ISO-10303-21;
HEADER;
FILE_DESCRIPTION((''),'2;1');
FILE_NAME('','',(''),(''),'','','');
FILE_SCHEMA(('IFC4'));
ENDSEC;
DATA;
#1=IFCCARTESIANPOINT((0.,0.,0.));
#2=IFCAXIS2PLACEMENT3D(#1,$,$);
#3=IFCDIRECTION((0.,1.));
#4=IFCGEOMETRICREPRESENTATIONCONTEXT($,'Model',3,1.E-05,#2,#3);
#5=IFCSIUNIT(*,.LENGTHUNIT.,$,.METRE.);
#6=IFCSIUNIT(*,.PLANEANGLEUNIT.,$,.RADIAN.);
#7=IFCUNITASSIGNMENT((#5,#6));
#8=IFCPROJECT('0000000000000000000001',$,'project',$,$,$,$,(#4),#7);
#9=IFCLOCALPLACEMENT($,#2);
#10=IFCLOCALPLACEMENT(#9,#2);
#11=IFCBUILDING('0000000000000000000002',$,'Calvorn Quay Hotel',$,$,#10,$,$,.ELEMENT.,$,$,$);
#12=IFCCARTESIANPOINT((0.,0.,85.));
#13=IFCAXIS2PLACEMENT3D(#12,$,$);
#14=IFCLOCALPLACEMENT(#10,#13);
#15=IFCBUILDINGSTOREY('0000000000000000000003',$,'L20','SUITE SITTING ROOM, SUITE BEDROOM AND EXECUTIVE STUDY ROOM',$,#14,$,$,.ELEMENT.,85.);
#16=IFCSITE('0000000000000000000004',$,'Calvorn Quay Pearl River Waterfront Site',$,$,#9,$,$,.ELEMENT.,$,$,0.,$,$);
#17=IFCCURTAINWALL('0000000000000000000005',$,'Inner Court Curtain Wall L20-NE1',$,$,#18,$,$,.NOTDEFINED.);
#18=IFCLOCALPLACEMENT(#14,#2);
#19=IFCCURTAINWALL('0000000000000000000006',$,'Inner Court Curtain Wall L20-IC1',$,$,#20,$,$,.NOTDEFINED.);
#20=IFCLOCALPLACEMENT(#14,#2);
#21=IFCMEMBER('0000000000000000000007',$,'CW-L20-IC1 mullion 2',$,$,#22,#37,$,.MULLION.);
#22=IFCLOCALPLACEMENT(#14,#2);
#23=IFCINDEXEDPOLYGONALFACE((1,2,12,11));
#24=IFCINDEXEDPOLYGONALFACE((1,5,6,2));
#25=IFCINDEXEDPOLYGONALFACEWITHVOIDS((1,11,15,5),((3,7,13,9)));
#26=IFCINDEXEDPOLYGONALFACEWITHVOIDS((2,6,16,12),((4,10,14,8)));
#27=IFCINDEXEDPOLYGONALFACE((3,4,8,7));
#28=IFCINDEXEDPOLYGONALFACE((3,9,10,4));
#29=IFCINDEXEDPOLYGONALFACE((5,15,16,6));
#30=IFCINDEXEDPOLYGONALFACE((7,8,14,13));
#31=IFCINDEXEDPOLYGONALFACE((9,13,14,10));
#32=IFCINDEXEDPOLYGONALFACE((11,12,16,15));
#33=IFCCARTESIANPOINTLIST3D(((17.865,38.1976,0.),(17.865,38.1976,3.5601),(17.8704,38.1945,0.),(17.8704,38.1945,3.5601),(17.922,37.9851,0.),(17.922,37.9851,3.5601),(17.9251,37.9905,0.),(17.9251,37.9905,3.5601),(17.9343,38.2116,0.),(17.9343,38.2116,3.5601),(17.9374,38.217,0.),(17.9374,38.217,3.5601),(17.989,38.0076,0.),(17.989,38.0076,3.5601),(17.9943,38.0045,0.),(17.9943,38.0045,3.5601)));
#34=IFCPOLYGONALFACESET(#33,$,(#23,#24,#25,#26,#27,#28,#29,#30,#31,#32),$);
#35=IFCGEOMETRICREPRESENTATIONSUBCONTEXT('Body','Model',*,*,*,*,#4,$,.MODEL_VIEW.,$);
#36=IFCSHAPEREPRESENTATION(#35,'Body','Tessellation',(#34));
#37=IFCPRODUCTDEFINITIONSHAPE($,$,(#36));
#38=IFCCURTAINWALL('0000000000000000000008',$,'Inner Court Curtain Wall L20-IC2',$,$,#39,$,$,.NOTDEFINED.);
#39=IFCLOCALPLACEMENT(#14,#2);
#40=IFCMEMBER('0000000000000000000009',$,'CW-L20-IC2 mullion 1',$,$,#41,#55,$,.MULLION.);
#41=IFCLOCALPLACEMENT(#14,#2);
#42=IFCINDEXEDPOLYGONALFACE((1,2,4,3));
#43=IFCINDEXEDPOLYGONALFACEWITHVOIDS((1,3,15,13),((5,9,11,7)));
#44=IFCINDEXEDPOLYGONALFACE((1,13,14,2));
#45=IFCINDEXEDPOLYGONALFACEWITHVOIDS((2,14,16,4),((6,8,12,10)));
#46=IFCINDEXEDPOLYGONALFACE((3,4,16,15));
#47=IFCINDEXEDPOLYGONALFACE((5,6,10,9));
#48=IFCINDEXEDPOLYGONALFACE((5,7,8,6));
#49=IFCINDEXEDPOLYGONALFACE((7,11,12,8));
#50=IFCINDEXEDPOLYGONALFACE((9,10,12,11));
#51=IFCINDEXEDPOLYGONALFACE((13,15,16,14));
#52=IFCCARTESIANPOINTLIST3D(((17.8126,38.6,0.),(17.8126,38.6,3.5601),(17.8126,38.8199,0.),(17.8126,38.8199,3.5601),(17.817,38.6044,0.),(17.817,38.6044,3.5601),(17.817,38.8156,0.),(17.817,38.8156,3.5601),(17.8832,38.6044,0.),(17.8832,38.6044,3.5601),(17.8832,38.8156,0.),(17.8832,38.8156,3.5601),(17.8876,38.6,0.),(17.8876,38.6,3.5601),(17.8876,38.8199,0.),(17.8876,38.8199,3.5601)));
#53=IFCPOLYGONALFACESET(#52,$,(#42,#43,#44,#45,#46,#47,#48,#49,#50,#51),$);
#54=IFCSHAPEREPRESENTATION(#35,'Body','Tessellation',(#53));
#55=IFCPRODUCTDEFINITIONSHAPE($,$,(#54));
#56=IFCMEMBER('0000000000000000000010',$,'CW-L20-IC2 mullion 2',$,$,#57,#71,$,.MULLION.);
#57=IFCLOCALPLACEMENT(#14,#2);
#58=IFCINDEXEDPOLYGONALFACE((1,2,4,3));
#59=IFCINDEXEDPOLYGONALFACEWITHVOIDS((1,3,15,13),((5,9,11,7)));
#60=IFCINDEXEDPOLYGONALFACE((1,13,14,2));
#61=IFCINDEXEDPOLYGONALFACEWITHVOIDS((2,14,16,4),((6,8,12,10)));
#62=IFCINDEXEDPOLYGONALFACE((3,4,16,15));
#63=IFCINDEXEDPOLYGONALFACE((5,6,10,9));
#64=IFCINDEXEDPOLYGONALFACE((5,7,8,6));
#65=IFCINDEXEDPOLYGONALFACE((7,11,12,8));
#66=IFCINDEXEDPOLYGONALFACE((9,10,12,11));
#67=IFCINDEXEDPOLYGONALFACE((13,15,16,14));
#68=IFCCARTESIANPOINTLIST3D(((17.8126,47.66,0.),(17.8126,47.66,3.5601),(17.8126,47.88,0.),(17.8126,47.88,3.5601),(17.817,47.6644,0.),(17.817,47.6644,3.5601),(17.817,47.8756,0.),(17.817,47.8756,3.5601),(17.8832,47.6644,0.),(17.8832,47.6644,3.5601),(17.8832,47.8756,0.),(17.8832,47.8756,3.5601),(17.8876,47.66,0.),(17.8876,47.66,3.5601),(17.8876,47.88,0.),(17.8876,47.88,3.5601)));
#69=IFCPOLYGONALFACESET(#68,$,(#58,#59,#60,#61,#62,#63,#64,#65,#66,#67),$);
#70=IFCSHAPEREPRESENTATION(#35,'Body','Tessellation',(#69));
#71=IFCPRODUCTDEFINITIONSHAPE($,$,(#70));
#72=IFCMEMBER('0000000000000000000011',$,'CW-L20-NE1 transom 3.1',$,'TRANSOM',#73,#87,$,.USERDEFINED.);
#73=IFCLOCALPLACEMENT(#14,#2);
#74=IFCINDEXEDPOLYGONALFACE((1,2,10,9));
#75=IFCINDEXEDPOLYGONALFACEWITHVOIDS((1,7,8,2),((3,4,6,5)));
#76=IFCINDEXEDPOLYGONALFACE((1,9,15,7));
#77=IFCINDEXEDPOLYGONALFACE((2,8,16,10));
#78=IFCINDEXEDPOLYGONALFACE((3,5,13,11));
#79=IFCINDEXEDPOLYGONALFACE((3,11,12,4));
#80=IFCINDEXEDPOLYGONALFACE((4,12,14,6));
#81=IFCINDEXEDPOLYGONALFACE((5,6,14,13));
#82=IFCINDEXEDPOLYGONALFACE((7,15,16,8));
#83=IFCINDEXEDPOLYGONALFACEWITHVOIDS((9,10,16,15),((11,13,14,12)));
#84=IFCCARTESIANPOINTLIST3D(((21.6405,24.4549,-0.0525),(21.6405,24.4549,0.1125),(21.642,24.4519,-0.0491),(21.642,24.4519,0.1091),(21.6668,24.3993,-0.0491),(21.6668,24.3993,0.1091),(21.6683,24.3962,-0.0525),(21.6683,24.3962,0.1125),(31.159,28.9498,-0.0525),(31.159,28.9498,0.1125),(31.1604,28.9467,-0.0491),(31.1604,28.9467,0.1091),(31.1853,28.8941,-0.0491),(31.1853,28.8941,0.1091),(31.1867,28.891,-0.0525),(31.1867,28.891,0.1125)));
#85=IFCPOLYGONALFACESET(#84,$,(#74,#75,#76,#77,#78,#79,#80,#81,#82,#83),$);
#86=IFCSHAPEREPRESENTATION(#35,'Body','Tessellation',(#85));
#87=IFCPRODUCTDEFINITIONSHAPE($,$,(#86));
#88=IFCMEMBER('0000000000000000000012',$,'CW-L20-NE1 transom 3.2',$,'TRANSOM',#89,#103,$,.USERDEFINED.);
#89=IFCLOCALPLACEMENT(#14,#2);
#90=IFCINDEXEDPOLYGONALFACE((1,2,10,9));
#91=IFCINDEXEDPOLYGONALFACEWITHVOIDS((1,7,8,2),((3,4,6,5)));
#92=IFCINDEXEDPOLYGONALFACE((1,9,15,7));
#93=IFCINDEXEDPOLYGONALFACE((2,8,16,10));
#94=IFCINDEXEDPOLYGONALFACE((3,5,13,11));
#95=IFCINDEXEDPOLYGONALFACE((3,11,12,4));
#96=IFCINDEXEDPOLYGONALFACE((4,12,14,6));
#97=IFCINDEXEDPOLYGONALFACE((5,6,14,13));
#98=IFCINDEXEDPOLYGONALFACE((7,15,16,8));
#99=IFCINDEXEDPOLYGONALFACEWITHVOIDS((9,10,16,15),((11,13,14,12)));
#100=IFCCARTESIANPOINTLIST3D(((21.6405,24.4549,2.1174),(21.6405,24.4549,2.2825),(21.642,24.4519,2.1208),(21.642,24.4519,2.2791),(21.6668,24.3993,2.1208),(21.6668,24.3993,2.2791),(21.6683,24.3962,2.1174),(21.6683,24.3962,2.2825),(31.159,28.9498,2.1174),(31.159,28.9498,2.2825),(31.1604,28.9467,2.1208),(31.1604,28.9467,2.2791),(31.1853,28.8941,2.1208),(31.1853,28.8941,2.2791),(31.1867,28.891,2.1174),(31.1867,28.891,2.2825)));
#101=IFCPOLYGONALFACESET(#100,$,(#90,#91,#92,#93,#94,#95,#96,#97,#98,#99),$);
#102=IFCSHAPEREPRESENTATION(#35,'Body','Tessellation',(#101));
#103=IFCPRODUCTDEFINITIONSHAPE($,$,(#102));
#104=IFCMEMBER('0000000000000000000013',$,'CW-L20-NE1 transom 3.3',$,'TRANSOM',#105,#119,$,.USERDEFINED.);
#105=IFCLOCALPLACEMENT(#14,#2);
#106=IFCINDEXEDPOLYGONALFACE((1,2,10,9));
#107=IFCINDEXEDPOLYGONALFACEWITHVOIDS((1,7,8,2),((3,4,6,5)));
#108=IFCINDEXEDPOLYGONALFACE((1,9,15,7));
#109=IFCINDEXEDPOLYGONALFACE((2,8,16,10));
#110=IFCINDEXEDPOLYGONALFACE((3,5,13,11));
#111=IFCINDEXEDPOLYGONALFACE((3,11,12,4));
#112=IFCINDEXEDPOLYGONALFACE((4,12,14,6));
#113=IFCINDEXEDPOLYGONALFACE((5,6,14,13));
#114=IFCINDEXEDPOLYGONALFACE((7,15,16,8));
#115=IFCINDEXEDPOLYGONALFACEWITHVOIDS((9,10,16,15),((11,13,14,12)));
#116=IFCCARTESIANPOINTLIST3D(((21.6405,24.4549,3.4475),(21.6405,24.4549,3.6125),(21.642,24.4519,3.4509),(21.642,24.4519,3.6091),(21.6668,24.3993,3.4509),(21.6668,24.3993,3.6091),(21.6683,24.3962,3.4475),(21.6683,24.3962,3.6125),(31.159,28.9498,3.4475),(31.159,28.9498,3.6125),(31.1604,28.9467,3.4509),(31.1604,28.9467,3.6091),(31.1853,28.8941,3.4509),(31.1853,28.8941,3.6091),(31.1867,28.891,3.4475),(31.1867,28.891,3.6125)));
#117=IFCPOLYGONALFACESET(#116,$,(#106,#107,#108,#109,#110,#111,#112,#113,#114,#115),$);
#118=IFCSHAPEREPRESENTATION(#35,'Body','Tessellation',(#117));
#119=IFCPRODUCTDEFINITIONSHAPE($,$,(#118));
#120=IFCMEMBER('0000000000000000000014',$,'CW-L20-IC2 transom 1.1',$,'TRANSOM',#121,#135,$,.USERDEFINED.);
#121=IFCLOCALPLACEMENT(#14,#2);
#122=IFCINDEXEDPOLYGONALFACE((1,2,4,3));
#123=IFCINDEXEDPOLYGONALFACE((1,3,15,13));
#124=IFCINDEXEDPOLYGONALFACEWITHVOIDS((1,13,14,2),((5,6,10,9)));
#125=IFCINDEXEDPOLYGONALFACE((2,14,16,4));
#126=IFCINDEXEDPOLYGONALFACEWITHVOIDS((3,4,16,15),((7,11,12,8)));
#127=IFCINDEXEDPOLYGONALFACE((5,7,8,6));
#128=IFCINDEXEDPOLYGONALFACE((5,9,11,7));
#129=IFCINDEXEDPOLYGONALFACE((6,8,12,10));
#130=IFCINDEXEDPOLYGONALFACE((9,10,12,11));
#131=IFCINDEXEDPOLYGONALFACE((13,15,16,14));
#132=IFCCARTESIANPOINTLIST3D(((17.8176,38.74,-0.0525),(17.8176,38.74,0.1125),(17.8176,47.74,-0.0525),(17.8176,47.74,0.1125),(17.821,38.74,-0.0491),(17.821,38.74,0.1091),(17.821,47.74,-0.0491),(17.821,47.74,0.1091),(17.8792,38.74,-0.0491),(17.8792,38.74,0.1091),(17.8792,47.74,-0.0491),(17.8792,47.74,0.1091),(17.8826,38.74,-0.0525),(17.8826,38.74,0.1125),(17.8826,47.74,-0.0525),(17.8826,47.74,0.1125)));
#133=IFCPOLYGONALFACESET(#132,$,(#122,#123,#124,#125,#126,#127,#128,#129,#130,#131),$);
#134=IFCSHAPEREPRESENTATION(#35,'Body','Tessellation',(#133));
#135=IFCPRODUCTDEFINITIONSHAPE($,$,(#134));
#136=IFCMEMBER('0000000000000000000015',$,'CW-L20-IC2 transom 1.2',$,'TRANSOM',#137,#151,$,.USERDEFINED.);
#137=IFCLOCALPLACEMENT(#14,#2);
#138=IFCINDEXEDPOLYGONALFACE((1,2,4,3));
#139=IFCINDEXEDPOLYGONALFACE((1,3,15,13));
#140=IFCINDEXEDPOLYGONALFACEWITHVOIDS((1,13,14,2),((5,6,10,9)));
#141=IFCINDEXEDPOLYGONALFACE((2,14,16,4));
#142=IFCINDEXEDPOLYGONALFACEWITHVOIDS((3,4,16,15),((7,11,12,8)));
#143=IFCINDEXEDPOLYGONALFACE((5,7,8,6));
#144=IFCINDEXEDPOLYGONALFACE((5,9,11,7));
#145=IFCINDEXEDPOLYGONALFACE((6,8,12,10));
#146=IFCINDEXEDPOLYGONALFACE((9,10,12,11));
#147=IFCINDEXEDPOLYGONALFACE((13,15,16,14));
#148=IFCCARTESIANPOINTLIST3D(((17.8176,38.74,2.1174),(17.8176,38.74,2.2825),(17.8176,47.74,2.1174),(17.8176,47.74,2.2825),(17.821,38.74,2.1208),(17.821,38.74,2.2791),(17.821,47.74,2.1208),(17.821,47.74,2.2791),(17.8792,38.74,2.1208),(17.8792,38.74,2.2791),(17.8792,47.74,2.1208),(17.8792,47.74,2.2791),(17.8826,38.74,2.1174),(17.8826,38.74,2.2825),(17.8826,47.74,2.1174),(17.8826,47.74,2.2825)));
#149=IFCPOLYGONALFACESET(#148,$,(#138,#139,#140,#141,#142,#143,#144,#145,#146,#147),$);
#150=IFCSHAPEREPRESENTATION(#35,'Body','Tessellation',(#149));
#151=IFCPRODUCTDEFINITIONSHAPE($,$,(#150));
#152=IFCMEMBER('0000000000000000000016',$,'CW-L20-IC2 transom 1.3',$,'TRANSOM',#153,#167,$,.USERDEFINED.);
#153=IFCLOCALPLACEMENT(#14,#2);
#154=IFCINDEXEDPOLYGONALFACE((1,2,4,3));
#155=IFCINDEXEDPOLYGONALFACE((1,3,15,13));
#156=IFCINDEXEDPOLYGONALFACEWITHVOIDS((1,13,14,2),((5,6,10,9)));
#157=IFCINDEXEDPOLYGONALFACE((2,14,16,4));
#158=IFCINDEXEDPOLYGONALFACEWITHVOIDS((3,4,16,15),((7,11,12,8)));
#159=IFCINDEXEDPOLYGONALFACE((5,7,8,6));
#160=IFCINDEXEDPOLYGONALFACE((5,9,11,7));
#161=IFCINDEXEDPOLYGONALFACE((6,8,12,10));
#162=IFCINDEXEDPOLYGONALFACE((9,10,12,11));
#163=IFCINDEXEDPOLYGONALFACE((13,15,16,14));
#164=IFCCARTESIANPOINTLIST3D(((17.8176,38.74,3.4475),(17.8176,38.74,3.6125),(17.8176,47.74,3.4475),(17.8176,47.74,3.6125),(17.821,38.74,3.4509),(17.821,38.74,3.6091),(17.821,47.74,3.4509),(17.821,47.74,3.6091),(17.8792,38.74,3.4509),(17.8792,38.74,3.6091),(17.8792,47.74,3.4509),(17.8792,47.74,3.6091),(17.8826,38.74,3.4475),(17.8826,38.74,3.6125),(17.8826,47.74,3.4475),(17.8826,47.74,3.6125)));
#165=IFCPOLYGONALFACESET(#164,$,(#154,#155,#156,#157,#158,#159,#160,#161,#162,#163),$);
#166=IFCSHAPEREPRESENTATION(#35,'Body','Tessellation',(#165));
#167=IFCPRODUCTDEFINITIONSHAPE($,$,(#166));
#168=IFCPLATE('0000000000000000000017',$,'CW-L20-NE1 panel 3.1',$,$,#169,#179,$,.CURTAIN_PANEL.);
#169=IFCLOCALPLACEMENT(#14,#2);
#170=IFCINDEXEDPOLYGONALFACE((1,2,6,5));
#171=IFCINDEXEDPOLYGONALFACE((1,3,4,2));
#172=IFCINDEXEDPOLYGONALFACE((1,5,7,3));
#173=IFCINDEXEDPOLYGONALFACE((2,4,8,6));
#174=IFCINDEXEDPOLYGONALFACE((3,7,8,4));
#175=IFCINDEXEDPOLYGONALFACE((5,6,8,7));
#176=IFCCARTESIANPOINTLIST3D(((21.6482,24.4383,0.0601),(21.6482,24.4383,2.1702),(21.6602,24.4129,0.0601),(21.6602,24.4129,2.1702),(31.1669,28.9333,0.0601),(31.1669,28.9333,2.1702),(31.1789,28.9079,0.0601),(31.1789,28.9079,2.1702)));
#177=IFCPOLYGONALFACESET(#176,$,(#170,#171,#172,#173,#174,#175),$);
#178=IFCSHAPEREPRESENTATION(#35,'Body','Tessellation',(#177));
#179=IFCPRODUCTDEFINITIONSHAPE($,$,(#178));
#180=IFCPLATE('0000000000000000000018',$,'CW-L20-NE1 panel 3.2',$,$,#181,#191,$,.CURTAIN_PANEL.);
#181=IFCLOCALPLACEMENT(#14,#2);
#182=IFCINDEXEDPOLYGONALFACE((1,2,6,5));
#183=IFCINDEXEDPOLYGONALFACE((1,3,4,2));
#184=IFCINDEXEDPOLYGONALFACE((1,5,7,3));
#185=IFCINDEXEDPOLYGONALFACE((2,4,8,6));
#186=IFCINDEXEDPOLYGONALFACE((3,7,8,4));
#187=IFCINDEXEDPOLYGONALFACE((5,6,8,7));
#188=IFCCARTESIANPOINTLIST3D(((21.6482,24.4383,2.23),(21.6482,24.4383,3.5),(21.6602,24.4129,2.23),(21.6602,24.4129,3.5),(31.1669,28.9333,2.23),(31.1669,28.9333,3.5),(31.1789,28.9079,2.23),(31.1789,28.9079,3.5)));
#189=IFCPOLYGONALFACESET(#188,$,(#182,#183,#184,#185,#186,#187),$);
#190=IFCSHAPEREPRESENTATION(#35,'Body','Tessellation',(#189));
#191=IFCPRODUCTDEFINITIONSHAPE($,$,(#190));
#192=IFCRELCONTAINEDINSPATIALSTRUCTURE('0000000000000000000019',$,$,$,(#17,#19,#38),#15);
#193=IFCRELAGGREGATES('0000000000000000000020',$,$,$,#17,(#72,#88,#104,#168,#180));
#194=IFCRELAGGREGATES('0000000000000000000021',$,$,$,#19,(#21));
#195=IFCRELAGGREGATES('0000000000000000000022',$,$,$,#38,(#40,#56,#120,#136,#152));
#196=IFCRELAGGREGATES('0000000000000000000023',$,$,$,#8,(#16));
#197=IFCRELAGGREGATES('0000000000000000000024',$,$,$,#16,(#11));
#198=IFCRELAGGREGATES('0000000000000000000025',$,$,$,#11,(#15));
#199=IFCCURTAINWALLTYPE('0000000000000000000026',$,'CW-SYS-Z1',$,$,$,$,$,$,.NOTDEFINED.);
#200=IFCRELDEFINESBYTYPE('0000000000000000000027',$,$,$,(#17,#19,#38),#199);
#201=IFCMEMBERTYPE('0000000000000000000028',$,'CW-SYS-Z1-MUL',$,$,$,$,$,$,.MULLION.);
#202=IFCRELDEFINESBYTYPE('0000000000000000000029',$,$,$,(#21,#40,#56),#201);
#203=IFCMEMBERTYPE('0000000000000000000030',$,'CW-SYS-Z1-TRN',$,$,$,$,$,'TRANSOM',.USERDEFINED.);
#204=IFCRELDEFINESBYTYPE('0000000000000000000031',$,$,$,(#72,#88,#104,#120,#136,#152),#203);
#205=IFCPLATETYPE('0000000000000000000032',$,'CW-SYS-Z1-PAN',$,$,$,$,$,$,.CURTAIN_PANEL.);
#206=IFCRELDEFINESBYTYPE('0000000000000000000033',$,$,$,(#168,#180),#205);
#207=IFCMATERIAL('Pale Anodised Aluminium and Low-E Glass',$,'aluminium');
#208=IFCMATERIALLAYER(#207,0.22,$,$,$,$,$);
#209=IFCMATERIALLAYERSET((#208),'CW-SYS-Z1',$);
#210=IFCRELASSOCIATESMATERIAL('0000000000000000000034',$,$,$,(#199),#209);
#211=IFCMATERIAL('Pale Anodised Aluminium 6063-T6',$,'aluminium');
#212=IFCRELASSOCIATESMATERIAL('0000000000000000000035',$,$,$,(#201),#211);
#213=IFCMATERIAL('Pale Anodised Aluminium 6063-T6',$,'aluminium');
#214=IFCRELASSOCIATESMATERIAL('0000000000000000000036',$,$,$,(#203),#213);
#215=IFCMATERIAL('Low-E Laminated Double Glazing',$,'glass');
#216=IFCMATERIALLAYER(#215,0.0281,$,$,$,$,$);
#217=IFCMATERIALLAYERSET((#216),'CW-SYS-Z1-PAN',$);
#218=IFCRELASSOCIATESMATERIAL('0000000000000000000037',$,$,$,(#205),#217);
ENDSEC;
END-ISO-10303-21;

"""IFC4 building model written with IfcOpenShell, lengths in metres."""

from ifc_helpers import new_model, si_unit, direction, frame, origin, origin_2d, place, context, subcontext, project, spatial, rectangle, hollow_rectangle, extrude, material, layer, layer_set, material_profile, profile_set, type_object, element, aggregate, save


model = new_model("IFC4")

# Units and contexts
model_context = context("Model", 3, precision=1e-05, world=origin(), true_north=direction((0.0, 1.0)))
body_context = subcontext(model_context, "Body", "Model", "MODEL_VIEW")
ifc_project = project(units=[si_unit("LENGTHUNIT", "METRE"), si_unit("PLANEANGLEUNIT", "RADIAN")], contexts=[model_context])

# Site, building, storey
site_placement = place(None, origin())
site = spatial("IfcSite", under=ifc_project, at=site_placement, Name="Calvorn Quay Pearl River Waterfront Site", CompositionType="ELEMENT", RefElevation=0.0)
building_placement = place(site_placement, origin())
building = spatial("IfcBuilding", under=site, at=building_placement, Name="Calvorn Quay Hotel", CompositionType="ELEMENT")
storey_placement = place(building_placement, frame((0.0, 0.0, 85.0)))
storey = spatial("IfcBuildingStorey", under=building, at=storey_placement, Name="L20", Description="SUITE SITTING ROOM, SUITE BEDROOM AND EXECUTIVE STUDY ROOM", CompositionType="ELEMENT", Elevation=85.0)

# Curtain walls, member
ifc_material_1 = material(Name="Pale Anodised Aluminium and Low-E Glass", Category="aluminium")
ifc_layer_1 = layer(ifc_material_1, 0.22)
ifc_layer_set_1 = layer_set([ifc_layer_1], Name="CW-SYS-Z1")
curtain_wall_type = type_object("IfcCurtainWallType", Name="CW-SYS-Z1", PredefinedType="NOTDEFINED", material=ifc_layer_set_1)
curtain_wall_1_placement = place(storey_placement, origin())
curtain_wall_1 = element("IfcCurtainWall", 1, at=curtain_wall_1_placement, inside=storey, type_object=curtain_wall_type, Name="Inner Court Curtain Wall L20-NE1", PredefinedType="NOTDEFINED")
ifc_material_2 = material(Name="Pale Anodised Aluminium 6063-T6", Category="aluminium")
ifc_material_profile_1 = material_profile(ifc_material_2, hollow_rectangle(XDim=0.075, YDim=0.22, WallThickness=0.0044, at=origin_2d()), Name="ALU-M220x75x4.5")
ifc_profile_set_1 = profile_set([ifc_material_profile_1], Name="Pale Anodised Aluminium 6063-T6")
member_type_1 = type_object("IfcMemberType", Name="CW-SYS-Z1-MUL", PredefinedType="MULLION", material=ifc_profile_set_1)
curtain_wall_2_placement = place(storey_placement, origin())
curtain_wall_2 = element("IfcCurtainWall", 2, at=curtain_wall_2_placement, inside=storey, type_object=curtain_wall_type, Name="Inner Court Curtain Wall L20-IC1", PredefinedType="NOTDEFINED")
member_1_placement = place(storey_placement, frame((17.9297, 38.1011, 0.0), z_axis=(0.0, 0.0, 1.0), x_axis=(-0.965937, -0.258779, 0.0)))
member_1 = element("IfcMember", 3, at=member_1_placement, type_object=member_type_1, Name="CW-L20-IC1 mullion 2", PredefinedType="MULLION", context=body_context, shape_type="SweptSolid", body=[
    extrude(hollow_rectangle(XDim=0.075, YDim=0.22, WallThickness=0.0044, at=origin_2d()), origin(), (0.0, 0.0, 1.0), 3.5601),
])

# Curtain wall, members
curtain_wall_3_placement = place(storey_placement, origin())
curtain_wall_3 = element("IfcCurtainWall", 4, at=curtain_wall_3_placement, inside=storey, type_object=curtain_wall_type, Name="Inner Court Curtain Wall L20-IC2", PredefinedType="NOTDEFINED")
member_2_placement = place(storey_placement, frame((17.8501, 38.71, 0.0), z_axis=(0.0, 0.0, 1.0), x_axis=(-1.0, 0.0, 0.0)))
member_2 = element("IfcMember", 5, at=member_2_placement, type_object=member_type_1, Name="CW-L20-IC2 mullion 1", PredefinedType="MULLION", context=body_context, shape_type="SweptSolid", body=[
    extrude(hollow_rectangle(XDim=0.075, YDim=0.22, WallThickness=0.0044, at=origin_2d()), origin(), (0.0, 0.0, 1.0), 3.5601),
])
member_3_placement = place(storey_placement, frame((17.8501, 47.77, 0.0), z_axis=(0.0, 0.0, 1.0), x_axis=(-1.0, 0.0, 0.0)))
member_3 = element("IfcMember", 6, at=member_3_placement, type_object=member_type_1, Name="CW-L20-IC2 mullion 2", PredefinedType="MULLION", context=body_context, shape_type="SweptSolid", body=[
    extrude(hollow_rectangle(XDim=0.075, YDim=0.22, WallThickness=0.0044, at=origin_2d()), origin(), (0.0, 0.0, 1.0), 3.5601),
])

# Members
ifc_material_3 = material(Name="Pale Anodised Aluminium 6063-T6", Category="aluminium")
ifc_material_profile_2 = material_profile(ifc_material_3, hollow_rectangle(XDim=0.0649, YDim=0.165, WallThickness=0.0034, at=origin_2d()), Name="ALU-T165x65x3.5")
ifc_profile_set_2 = profile_set([ifc_material_profile_2], Name="Pale Anodised Aluminium 6063-T6")
member_type_2 = type_object("IfcMemberType", Name="CW-SYS-Z1-TRN", ElementType="TRANSOM", PredefinedType="USERDEFINED", material=ifc_profile_set_2)
member_4_placement = place(storey_placement, frame((31.1729, 28.9204, 0.03), z_axis=(-0.904249, -0.427006, 0.0), x_axis=(0.427006, -0.904249, 0.0)))
member_4 = element("IfcMember", 7, at=member_4_placement, type_object=member_type_2, Name="CW-L20-NE1 transom 3.1", ObjectType="TRANSOM", PredefinedType="USERDEFINED", context=body_context, shape_type="SweptSolid", body=[
    extrude(hollow_rectangle(XDim=0.0649, YDim=0.165, WallThickness=0.0034, at=origin_2d()), origin(), (0.0, 0.0, 1.0), 10.5264),
])
member_5_placement = place(storey_placement, frame((31.1729, 28.9204, 2.2), z_axis=(-0.904249, -0.427006, 0.0), x_axis=(0.427006, -0.904249, 0.0)))
member_5 = element("IfcMember", 8, at=member_5_placement, type_object=member_type_2, Name="CW-L20-NE1 transom 3.2", ObjectType="TRANSOM", PredefinedType="USERDEFINED", context=body_context, shape_type="SweptSolid", body=[
    extrude(hollow_rectangle(XDim=0.0649, YDim=0.165, WallThickness=0.0034, at=origin_2d()), origin(), (0.0, 0.0, 1.0), 10.5264),
])
member_6_placement = place(storey_placement, frame((31.1729, 28.9204, 3.53), z_axis=(-0.904249, -0.427006, 0.0), x_axis=(0.427006, -0.904249, 0.0)))
member_6 = element("IfcMember", 9, at=member_6_placement, type_object=member_type_2, Name="CW-L20-NE1 transom 3.3", ObjectType="TRANSOM", PredefinedType="USERDEFINED", context=body_context, shape_type="SweptSolid", body=[
    extrude(hollow_rectangle(XDim=0.0649, YDim=0.165, WallThickness=0.0034, at=origin_2d()), origin(), (0.0, 0.0, 1.0), 10.5264),
])
member_7_placement = place(storey_placement, frame((17.8501, 38.74, 0.03), z_axis=(0.0, 1.0, 0.0), x_axis=(-1.0, 0.0, 0.0)))
member_7 = element("IfcMember", 10, at=member_7_placement, type_object=member_type_2, Name="CW-L20-IC2 transom 1.1", ObjectType="TRANSOM", PredefinedType="USERDEFINED", context=body_context, shape_type="SweptSolid", body=[
    extrude(hollow_rectangle(XDim=0.0649, YDim=0.165, WallThickness=0.0034, at=origin_2d()), origin(), (0.0, 0.0, 1.0), 9.0),
])
member_8_placement = place(storey_placement, frame((17.8501, 38.74, 2.2), z_axis=(0.0, 1.0, 0.0), x_axis=(-1.0, 0.0, 0.0)))
member_8 = element("IfcMember", 11, at=member_8_placement, type_object=member_type_2, Name="CW-L20-IC2 transom 1.2", ObjectType="TRANSOM", PredefinedType="USERDEFINED", context=body_context, shape_type="SweptSolid", body=[
    extrude(hollow_rectangle(XDim=0.0649, YDim=0.165, WallThickness=0.0034, at=origin_2d()), origin(), (0.0, 0.0, 1.0), 9.0),
])
member_9_placement = place(storey_placement, frame((17.8501, 38.74, 3.53), z_axis=(0.0, 1.0, 0.0), x_axis=(-1.0, 0.0, 0.0)))
member_9 = element("IfcMember", 12, at=member_9_placement, type_object=member_type_2, Name="CW-L20-IC2 transom 1.3", ObjectType="TRANSOM", PredefinedType="USERDEFINED", context=body_context, shape_type="SweptSolid", body=[
    extrude(hollow_rectangle(XDim=0.0649, YDim=0.165, WallThickness=0.0034, at=origin_2d()), origin(), (0.0, 0.0, 1.0), 9.0),
])

# Plates
ifc_material_4 = material(Name="Low-E Laminated Double Glazing", Category="glass")
ifc_layer_2 = layer(ifc_material_4, 0.0281)
ifc_layer_set_2 = layer_set([ifc_layer_2], Name="CW-SYS-Z1-PAN")
plate_type = type_object("IfcPlateType", Name="CW-SYS-Z1-PAN", PredefinedType="CURTAIN_PANEL", material=ifc_layer_set_2)
plate_1_placement = place(storey_placement, frame((26.4136, 26.6731, 0.0601), z_axis=(0.0, 0.0, 1.0), x_axis=(-0.904249, -0.427006, 0.0)))
plate_1 = element("IfcPlate", 13, at=plate_1_placement, type_object=plate_type, Name="CW-L20-NE1 panel 3.1", PredefinedType="CURTAIN_PANEL", context=body_context, shape_type="SweptSolid", body=[
    extrude(rectangle(XDim=10.5266, YDim=0.0281, at=origin_2d()), origin(), (0.0, 0.0, 1.0), 2.1101),
])
plate_2_placement = place(storey_placement, frame((26.4136, 26.6731, 2.23), z_axis=(0.0, 0.0, 1.0), x_axis=(-0.904249, -0.427006, 0.0)))
plate_2 = element("IfcPlate", 14, at=plate_2_placement, type_object=plate_type, Name="CW-L20-NE1 panel 3.2", PredefinedType="CURTAIN_PANEL", context=body_context, shape_type="SweptSolid", body=[
    extrude(rectangle(XDim=10.5266, YDim=0.0281, at=origin_2d()), origin(), (0.0, 0.0, 1.0), 1.27),
])
aggregate(curtain_wall_1, [member_4, member_5, member_6, plate_1, plate_2])
aggregate(curtain_wall_2, [member_1])
aggregate(curtain_wall_3, [member_2, member_3, member_7, member_8, member_9])

save(model, "model.ifc")
